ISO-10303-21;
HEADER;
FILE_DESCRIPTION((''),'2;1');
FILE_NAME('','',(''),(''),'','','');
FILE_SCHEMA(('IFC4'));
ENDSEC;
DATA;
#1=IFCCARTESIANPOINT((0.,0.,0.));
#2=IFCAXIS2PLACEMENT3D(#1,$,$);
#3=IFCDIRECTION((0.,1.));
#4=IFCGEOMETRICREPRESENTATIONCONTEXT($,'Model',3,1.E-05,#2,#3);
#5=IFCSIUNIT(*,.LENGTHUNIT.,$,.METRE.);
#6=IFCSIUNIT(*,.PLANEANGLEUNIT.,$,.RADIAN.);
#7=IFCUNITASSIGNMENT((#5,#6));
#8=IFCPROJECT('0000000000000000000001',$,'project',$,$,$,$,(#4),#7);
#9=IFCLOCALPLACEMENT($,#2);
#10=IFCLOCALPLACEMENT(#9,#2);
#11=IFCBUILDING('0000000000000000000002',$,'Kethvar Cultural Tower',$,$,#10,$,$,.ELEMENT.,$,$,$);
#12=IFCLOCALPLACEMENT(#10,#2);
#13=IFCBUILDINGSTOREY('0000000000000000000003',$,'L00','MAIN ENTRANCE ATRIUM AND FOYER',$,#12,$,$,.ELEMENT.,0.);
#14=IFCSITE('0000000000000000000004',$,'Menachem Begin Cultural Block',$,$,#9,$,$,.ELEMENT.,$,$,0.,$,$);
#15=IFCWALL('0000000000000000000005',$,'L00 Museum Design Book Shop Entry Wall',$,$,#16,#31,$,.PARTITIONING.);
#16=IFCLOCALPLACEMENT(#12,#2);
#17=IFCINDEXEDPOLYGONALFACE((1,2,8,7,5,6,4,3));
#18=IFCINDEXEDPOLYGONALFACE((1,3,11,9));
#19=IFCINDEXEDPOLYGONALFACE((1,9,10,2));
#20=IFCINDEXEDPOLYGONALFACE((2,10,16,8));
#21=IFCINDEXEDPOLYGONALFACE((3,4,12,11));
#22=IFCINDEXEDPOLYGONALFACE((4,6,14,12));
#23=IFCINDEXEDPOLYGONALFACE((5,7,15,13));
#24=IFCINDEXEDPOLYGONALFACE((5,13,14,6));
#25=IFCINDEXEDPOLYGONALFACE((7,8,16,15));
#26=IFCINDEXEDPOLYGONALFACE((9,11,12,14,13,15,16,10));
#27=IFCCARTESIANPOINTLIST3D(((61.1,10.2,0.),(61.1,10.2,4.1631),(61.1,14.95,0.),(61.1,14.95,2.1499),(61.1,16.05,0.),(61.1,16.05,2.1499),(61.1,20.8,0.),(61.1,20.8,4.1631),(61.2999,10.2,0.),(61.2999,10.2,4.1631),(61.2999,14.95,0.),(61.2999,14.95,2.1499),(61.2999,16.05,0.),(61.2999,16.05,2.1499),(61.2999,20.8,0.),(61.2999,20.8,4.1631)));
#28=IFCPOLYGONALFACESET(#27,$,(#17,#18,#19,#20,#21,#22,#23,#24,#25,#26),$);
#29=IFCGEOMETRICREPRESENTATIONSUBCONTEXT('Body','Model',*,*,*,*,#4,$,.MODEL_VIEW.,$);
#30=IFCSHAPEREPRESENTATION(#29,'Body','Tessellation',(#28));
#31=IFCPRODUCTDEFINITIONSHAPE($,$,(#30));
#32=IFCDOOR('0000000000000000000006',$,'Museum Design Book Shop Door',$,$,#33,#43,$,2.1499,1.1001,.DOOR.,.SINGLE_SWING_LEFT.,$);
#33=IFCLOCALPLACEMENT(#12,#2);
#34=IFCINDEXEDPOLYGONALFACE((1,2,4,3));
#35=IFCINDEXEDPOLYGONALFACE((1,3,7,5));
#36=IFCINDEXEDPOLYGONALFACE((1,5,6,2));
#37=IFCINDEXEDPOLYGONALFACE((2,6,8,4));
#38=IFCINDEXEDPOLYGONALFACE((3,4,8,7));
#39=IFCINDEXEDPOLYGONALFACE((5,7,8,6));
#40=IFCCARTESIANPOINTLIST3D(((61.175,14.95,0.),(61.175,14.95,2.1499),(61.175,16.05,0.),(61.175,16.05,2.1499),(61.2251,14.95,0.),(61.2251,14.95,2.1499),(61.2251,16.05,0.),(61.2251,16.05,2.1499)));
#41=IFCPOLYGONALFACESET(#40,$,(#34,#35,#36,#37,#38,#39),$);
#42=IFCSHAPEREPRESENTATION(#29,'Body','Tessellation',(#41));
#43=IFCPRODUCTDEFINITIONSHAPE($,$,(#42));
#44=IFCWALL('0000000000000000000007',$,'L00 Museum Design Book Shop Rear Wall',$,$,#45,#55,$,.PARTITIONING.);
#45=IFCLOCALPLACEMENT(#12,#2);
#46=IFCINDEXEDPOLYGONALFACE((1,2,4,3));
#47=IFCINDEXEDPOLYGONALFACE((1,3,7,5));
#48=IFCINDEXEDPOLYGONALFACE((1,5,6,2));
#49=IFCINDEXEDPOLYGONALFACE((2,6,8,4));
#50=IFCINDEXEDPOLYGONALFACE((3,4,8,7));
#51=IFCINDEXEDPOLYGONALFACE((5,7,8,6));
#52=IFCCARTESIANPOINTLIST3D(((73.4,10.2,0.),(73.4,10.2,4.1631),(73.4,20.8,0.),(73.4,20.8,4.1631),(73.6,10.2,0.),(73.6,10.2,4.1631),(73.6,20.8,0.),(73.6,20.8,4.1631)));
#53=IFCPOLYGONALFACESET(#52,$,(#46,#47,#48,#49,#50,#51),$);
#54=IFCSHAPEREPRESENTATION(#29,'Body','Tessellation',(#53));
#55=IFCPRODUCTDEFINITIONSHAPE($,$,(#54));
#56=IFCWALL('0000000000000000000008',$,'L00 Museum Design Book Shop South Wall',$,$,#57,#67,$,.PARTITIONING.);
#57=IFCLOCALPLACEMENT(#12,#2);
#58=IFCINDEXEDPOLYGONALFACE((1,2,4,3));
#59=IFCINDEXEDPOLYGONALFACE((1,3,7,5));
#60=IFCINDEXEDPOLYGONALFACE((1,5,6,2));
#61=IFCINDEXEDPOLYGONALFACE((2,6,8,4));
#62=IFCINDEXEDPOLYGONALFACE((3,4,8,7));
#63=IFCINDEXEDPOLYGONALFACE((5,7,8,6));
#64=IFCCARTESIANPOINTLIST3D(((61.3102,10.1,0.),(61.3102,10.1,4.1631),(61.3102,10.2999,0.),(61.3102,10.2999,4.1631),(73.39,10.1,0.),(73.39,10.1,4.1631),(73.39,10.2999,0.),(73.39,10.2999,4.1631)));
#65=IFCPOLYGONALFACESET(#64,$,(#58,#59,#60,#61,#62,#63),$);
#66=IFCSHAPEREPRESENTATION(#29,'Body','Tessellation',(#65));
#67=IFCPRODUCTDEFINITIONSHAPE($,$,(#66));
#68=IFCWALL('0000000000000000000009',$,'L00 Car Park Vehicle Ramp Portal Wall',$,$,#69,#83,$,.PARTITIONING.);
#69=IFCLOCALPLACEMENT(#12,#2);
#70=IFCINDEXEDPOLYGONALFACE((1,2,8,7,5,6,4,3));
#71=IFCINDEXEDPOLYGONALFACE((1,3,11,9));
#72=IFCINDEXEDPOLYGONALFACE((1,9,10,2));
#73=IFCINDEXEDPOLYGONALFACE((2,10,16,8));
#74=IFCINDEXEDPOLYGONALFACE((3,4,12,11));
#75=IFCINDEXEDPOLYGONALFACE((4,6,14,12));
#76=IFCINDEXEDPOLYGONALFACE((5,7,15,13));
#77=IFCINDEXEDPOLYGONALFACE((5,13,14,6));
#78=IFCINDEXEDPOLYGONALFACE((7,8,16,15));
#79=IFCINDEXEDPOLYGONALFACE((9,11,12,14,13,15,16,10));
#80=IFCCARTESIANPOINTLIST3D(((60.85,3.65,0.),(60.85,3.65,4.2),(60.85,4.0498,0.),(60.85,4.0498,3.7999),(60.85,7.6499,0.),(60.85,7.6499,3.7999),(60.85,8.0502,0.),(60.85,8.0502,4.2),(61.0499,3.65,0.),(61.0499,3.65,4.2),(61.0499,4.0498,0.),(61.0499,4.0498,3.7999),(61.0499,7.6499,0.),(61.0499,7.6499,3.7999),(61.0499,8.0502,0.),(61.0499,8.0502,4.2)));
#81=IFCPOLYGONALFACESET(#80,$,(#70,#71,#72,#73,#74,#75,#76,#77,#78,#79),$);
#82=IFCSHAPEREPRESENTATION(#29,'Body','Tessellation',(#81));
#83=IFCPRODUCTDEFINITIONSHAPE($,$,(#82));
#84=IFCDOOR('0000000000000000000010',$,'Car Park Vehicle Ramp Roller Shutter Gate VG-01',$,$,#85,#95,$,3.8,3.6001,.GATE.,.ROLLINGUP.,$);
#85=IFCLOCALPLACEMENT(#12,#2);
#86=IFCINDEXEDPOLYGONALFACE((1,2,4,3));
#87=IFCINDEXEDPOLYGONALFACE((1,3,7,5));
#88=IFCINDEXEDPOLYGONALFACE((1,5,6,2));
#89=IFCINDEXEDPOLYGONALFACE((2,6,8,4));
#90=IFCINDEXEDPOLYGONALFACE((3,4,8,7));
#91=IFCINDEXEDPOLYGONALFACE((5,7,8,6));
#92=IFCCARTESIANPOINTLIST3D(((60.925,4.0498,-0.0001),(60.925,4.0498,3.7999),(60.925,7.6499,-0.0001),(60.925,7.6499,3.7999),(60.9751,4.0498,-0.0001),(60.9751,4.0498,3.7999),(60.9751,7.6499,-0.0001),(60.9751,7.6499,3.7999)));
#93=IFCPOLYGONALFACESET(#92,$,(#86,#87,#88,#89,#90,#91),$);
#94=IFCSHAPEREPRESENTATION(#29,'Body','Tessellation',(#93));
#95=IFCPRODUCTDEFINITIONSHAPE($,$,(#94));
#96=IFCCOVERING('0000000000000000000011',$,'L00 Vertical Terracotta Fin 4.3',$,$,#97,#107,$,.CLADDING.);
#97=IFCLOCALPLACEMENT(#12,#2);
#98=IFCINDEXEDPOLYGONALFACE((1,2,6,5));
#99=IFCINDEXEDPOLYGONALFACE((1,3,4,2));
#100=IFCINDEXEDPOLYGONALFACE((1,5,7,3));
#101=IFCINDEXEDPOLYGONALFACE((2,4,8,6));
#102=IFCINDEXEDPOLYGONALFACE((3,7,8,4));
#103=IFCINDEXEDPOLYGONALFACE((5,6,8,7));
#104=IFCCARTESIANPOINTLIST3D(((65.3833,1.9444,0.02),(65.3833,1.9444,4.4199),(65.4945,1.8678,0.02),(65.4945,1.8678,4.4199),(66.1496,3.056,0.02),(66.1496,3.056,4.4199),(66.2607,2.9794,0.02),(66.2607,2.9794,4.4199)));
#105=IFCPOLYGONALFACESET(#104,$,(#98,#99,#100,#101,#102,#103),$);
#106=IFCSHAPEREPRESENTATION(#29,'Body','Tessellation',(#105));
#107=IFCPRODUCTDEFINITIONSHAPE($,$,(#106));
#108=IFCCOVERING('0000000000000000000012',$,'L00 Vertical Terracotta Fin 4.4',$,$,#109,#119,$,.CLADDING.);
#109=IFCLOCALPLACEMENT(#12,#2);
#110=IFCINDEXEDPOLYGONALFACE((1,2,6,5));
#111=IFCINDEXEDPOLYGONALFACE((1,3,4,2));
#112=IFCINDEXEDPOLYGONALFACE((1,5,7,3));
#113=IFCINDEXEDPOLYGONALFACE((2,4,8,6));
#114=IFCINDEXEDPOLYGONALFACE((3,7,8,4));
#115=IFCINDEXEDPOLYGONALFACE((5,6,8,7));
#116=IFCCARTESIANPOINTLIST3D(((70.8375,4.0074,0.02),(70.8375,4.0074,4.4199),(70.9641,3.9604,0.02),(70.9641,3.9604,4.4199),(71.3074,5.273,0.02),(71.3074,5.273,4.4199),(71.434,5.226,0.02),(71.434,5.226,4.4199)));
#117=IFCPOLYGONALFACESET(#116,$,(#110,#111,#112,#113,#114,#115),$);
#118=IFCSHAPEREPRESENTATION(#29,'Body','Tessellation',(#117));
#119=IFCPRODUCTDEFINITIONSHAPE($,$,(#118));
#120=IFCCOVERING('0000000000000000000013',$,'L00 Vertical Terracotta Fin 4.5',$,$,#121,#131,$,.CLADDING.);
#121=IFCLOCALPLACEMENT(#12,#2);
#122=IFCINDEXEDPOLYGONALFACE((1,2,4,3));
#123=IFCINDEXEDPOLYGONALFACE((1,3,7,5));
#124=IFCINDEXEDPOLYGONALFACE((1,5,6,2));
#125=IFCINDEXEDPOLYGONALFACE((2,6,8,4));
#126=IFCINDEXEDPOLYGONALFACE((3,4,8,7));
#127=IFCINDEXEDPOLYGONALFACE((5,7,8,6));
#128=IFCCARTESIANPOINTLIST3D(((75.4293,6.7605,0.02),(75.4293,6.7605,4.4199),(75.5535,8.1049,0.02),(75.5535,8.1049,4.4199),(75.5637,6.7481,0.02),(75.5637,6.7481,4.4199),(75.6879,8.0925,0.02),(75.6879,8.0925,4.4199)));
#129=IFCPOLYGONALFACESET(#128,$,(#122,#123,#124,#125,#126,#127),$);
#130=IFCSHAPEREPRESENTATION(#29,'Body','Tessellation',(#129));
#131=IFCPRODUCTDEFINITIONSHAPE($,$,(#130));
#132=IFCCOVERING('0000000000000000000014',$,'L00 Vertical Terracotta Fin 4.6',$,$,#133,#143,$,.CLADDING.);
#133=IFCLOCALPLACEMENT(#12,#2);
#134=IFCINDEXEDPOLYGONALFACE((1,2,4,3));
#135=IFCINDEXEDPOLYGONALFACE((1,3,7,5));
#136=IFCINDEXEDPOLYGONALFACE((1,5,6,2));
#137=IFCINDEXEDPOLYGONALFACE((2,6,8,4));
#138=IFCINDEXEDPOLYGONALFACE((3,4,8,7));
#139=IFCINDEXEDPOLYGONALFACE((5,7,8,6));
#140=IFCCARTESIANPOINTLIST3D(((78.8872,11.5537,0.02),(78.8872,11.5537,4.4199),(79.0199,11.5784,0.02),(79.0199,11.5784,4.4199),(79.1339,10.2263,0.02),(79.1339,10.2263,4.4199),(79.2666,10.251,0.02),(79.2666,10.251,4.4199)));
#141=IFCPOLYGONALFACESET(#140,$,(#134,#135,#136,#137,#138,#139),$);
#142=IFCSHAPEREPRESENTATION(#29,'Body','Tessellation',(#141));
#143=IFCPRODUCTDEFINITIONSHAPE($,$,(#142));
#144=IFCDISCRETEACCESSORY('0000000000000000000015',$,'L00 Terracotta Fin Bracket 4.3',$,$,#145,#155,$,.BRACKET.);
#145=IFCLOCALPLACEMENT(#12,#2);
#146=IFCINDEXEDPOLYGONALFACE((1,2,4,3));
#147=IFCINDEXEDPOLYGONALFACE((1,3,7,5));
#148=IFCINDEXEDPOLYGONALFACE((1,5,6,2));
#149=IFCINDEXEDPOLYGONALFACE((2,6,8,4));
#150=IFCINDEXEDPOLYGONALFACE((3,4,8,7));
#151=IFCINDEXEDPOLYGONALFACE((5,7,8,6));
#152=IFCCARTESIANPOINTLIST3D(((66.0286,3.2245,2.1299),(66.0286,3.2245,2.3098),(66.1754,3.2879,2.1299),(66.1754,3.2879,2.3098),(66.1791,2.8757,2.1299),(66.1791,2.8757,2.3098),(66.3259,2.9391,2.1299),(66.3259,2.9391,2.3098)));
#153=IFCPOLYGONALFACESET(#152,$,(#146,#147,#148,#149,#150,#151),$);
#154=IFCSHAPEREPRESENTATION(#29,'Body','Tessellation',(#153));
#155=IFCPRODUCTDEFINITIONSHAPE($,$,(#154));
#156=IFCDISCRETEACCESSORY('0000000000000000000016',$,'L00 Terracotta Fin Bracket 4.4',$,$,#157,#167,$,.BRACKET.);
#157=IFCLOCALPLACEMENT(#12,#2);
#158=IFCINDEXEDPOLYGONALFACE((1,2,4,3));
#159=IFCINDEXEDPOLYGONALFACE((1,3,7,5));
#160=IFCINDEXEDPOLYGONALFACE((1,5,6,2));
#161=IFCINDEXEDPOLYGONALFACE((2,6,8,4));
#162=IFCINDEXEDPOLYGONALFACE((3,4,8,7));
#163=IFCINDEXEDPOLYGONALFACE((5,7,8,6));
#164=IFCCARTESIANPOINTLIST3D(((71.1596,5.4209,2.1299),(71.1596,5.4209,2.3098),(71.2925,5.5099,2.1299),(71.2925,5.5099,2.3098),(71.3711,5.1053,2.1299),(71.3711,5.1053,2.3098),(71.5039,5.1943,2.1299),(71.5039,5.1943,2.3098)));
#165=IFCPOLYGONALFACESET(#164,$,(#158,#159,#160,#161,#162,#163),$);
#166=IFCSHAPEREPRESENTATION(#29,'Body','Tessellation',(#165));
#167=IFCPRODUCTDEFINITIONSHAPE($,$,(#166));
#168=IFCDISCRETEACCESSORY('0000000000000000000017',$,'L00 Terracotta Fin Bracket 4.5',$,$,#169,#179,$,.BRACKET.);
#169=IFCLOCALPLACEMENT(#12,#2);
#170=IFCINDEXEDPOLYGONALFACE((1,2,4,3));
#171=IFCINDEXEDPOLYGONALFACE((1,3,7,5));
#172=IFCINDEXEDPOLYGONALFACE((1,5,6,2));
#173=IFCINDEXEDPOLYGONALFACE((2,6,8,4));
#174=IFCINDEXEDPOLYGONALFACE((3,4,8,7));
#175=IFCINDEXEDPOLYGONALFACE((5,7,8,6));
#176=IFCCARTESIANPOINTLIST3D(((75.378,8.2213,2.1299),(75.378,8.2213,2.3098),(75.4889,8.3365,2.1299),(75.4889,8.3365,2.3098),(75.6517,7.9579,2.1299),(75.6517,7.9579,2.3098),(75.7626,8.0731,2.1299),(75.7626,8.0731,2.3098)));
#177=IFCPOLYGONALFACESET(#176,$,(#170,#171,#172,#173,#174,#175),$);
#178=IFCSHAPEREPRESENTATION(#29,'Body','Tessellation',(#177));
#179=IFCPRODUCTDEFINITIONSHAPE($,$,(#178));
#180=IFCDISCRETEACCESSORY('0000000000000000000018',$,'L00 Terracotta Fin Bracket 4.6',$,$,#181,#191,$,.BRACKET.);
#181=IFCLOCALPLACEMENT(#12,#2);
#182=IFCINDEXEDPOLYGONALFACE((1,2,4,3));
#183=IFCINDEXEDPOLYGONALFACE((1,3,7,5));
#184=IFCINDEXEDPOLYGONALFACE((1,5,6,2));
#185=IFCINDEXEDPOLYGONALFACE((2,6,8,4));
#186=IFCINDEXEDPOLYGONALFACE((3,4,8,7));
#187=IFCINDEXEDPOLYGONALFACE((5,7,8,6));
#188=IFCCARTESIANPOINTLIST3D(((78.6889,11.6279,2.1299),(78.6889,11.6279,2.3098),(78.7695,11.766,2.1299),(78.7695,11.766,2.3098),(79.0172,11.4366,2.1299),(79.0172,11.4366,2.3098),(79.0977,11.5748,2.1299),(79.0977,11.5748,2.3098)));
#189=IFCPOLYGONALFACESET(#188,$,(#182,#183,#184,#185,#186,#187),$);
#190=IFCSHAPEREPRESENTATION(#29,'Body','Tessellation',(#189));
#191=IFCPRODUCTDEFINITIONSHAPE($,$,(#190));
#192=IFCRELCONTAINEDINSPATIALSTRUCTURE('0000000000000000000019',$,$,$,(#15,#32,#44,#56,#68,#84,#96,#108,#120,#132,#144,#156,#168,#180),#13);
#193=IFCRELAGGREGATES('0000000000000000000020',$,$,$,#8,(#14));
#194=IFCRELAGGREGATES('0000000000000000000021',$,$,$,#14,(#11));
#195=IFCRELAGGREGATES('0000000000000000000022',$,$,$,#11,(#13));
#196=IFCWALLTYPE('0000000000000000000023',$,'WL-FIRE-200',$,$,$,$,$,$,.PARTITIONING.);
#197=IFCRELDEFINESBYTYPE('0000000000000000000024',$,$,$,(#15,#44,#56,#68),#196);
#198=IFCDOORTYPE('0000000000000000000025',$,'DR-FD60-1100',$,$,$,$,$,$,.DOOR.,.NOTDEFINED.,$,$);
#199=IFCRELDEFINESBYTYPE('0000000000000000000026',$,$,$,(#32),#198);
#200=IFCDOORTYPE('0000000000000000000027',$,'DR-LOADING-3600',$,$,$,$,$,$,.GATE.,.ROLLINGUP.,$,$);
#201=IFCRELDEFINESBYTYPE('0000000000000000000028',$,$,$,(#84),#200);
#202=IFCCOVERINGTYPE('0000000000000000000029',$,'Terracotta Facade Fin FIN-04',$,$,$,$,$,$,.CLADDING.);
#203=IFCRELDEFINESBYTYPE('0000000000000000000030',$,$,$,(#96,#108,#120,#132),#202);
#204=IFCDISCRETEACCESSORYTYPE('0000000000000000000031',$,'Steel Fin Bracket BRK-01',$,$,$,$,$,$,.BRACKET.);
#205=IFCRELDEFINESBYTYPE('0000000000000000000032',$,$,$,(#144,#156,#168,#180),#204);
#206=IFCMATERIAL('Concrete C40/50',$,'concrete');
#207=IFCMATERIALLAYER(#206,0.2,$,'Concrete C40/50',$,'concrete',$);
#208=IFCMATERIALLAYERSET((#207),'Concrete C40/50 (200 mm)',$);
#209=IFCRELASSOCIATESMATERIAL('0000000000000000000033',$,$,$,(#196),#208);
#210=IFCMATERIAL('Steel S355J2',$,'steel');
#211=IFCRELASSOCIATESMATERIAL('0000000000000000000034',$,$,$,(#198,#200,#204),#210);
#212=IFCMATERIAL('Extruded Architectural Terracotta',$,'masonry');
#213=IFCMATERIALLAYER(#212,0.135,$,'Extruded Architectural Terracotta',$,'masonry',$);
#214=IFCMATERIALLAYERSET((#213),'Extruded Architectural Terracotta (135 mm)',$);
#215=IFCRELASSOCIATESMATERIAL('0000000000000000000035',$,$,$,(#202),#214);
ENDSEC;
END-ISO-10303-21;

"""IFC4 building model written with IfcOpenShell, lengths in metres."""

from ifc_helpers import new_model, si_unit, direction, frame, frame_2d, origin, origin_2d, place, context, subcontext, project, spatial, rectangle, extrude, source, transform, mapped, material, layer, layer_set, type_object, element, fill, save


model = new_model("IFC4")

# Units and contexts
model_context = context("Model", 3, precision=1e-05, world=origin(), true_north=direction((0.0, 1.0)))
body_context = subcontext(model_context, "Body", "Model", "MODEL_VIEW")
ifc_project = project(units=[si_unit("LENGTHUNIT", "METRE"), si_unit("PLANEANGLEUNIT", "RADIAN")], contexts=[model_context])

# Site, building, storey
site_placement = place(None, origin())
site = spatial("IfcSite", under=ifc_project, at=site_placement, Name="Menachem Begin Cultural Block", CompositionType="ELEMENT", RefElevation=0.0)
building_placement = place(site_placement, origin())
building = spatial("IfcBuilding", under=site, at=building_placement, Name="Kethvar Cultural Tower", CompositionType="ELEMENT")
storey_placement = place(building_placement, origin())
storey = spatial("IfcBuildingStorey", under=building, at=storey_placement, Name="L00", Description="MAIN ENTRANCE ATRIUM AND FOYER", CompositionType="ELEMENT", Elevation=0.0)

# Wall, opening, door
ifc_material_1 = material(Name="Concrete C40/50", Category="concrete")
ifc_layer_1 = layer(ifc_material_1, 0.2, Name="Concrete C40/50", Category="concrete")
ifc_layer_set_1 = layer_set([ifc_layer_1], Name="Concrete C40/50 (200 mm)")
wall_type = type_object("IfcWallType", Name="WL-FIRE-200", PredefinedType="PARTITIONING", material=ifc_layer_set_1)
wall_1_placement = place(storey_placement, frame((61.2, 10.2, 0.0), z_axis=(0.0, 0.0, 1.0), x_axis=(0.0, 1.0, 0.0)))
wall_1 = element("IfcWall", 1, at=wall_1_placement, inside=storey, type_object=wall_type, Name="L00 Museum Design Book Shop Entry Wall", PredefinedType="PARTITIONING", context=body_context, shape_type="SweptSolid", body=[
    extrude(rectangle(XDim=10.6001, YDim=0.2, at=frame_2d((5.3, 0.0))), origin(), (0.0, 0.0, 1.0), 4.1631),
])
opening_1_placement = place(wall_1_placement, frame((4.75, 0.0, 0.0)))
opening_1 = element("IfcOpeningElement", 2, at=opening_1_placement, cuts=wall_1, PredefinedType="OPENING", context=body_context, shape_type="SweptSolid", body=[
    extrude(rectangle(XDim=1.1001, YDim=2.1499, at=frame_2d((0.55, 1.075))), frame((0.0, 0.1099, 0.0), z_axis=(0.0, -1.0, 0.0), x_axis=(1.0, 0.0, 0.0)), (0.0, 0.0, 1.0), 0.22),
])
ifc_material_2 = material(Name="Steel S355J2", Category="steel")
door_type_1 = type_object("IfcDoorType", Name="DR-FD60-1100", OperationType="NOTDEFINED", PredefinedType="DOOR", material=ifc_material_2)
shared_shape_1 = source(origin(), body_context, "Body", "SweptSolid", [
    extrude(rectangle(XDim=1.1001, YDim=2.1499, at=frame_2d((0.55, 1.075))), frame((0.0, 0.0249, 0.0), z_axis=(0.0, -1.0, 0.0), x_axis=(1.0, 0.0, 0.0)), (0.0, 0.0, 1.0), 0.05),
])
door_1_placement = place(opening_1_placement, origin())
door_1 = element("IfcDoor", 3, at=door_1_placement, inside=storey, type_object=door_type_1, Name="Museum Design Book Shop Door", OperationType="SINGLE_SWING_LEFT", OverallHeight=2.1499, OverallWidth=1.1001, PredefinedType="DOOR", context=body_context, shape_type="MappedRepresentation", body=[
    mapped(shared_shape_1, transform((0.0, 0.0, 0.0), scale=1.0)),
])
fill(opening_1, door_1)

# Walls
wall_2_placement = place(storey_placement, frame((73.5, 10.2, 0.0), z_axis=(0.0, 0.0, 1.0), x_axis=(0.0, 1.0, 0.0)))
element("IfcWall", 4, at=wall_2_placement, inside=storey, type_object=wall_type, Name="L00 Museum Design Book Shop Rear Wall", PredefinedType="PARTITIONING", context=body_context, shape_type="SweptSolid", body=[
    extrude(rectangle(XDim=10.6001, YDim=0.2, at=frame_2d((5.3, 0.0))), origin(), (0.0, 0.0, 1.0), 4.1631),
])
wall_3_placement = place(storey_placement, frame((61.3101, 10.2, 0.0), z_axis=(0.0, 0.0, 1.0), x_axis=(1.0, 0.0, 0.0)))
element("IfcWall", 5, at=wall_3_placement, inside=storey, type_object=wall_type, Name="L00 Museum Design Book Shop South Wall", PredefinedType="PARTITIONING", context=body_context, shape_type="SweptSolid", body=[
    extrude(rectangle(XDim=12.0798, YDim=0.2, at=frame_2d((6.04, 0.0))), origin(), (0.0, 0.0, 1.0), 4.1631),
])

# Wall, opening, door
wall_4_placement = place(storey_placement, frame((60.95, 3.6499, 0.0), z_axis=(0.0, 0.0, 1.0), x_axis=(0.0, 1.0, 0.0)))
wall_4 = element("IfcWall", 6, at=wall_4_placement, inside=storey, type_object=wall_type, Name="L00 Car Park Vehicle Ramp Portal Wall", PredefinedType="PARTITIONING", context=body_context, shape_type="SweptSolid", body=[
    extrude(rectangle(XDim=4.4001, YDim=0.2, at=frame_2d((2.2002, 0.0))), origin(), (0.0, 0.0, 1.0), 4.2),
])
opening_2_placement = place(wall_4_placement, frame((0.3999, 0.0, 0.0)))
opening_2 = element("IfcOpeningElement", 7, at=opening_2_placement, cuts=wall_4, PredefinedType="OPENING", context=body_context, shape_type="SweptSolid", body=[
    extrude(rectangle(XDim=3.6001, YDim=3.8, at=frame_2d((1.8, 1.8999))), frame((0.0, 0.1099, 0.0), z_axis=(0.0, -1.0, 0.0), x_axis=(1.0, 0.0, 0.0)), (0.0, 0.0, 1.0), 0.22),
])
door_type_2 = type_object("IfcDoorType", Name="DR-LOADING-3600", OperationType="ROLLINGUP", PredefinedType="GATE", material=ifc_material_2)
shared_shape_2 = source(origin(), body_context, "Body", "SweptSolid", [
    extrude(rectangle(XDim=3.6001, YDim=3.8, at=frame_2d((1.8, 1.8999))), frame((0.0, 0.0249, 0.0), z_axis=(0.0, -1.0, 0.0), x_axis=(1.0, 0.0, 0.0)), (0.0, 0.0, 1.0), 0.05),
])
door_2_placement = place(opening_2_placement, origin())
door_2 = element("IfcDoor", 8, at=door_2_placement, inside=storey, type_object=door_type_2, Name="Car Park Vehicle Ramp Roller Shutter Gate VG-01", OperationType="ROLLINGUP", OverallHeight=3.8, OverallWidth=3.6001, PredefinedType="GATE", context=body_context, shape_type="MappedRepresentation", body=[
    mapped(shared_shape_2, transform((0.0, 0.0, 0.0), scale=1.0)),
])
fill(opening_2, door_2)

# Coverings
ifc_material_3 = material(Name="Extruded Architectural Terracotta", Category="masonry")
ifc_layer_2 = layer(ifc_material_3, 0.135, Name="Extruded Architectural Terracotta", Category="masonry")
ifc_layer_set_2 = layer_set([ifc_layer_2], Name="Extruded Architectural Terracotta (135 mm)")
covering_type = type_object("IfcCoveringType", Name="Terracotta Facade Fin FIN-04", PredefinedType="CLADDING", material=ifc_layer_set_2)
shared_shape_3 = source(origin(), body_context, "Body", "SweptSolid", [
    extrude(rectangle(XDim=1.3501, YDim=0.135, at=origin_2d()), origin(), (0.0, 0.0, 1.0), 4.3999),
])
for number, where, z_axis, x_axis, name in (
    (9, (65.822, 2.4619, 0.02), (0.0, 0.0, 1.0), (-0.567556, -0.823335, 0.0), "L00 Vertical Terracotta Fin 4.3"),
    (10, (71.1357, 4.6167, 0.02), (0.0, 0.0, 1.0), (-0.348081, -0.937464, 0.0), "L00 Vertical Terracotta Fin 4.4"),
    (11, (75.5586, 7.4265, 0.02), (0.0, 0.0, 1.0), (-0.092023, -0.995757, 0.0), "L00 Vertical Terracotta Fin 4.5"),
    (12, (79.0769, 10.9023, 0.02), (0.0, 0.0, 1.0), (0.18275, -0.983159, 0.0), "L00 Vertical Terracotta Fin 4.6"),
):
    element("IfcCovering", number, at=place(storey_placement, frame(where, z_axis=z_axis, x_axis=x_axis)), inside=storey, type_object=covering_type, Name=name, PredefinedType="CLADDING", context=body_context, shape_type="MappedRepresentation", body=[
        mapped(shared_shape_3, transform((0.0, 0.0, 0.0), scale=1.0)),
    ])

# Discrete accessories
discrete_accessory_type = type_object("IfcDiscreteAccessoryType", Name="Steel Fin Bracket BRK-01", PredefinedType="BRACKET", material=ifc_material_2)
shared_shape_4 = source(origin(), body_context, "Body", "SweptSolid", [
    extrude(rectangle(XDim=0.3799, YDim=0.1599, at=origin_2d()), origin(), (0.0, 0.0, 1.0), 0.1799),
])
for number, where, z_axis, x_axis, name in (
    (13, (66.1772, 3.0818, 2.1299), (0.0, 0.0, 1.0), (0.396347, -0.918101, 0.0), "L00 Terracotta Fin Bracket 4.3"),
    (14, (71.3318, 5.3076, 2.1299), (0.0, 0.0, 1.0), (0.556586, -0.83079, 0.0), "L00 Terracotta Fin Bracket 4.4"),
    (15, (75.5703, 8.1472, 2.1299), (0.0, 0.0, 1.0), (0.720551, -0.693402, 0.0), "L00 Terracotta Fin Bracket 4.5"),
    (16, (78.8933, 11.6013, 2.1299), (0.0, 0.0, 1.0), (0.864011, -0.503472, 0.0), "L00 Terracotta Fin Bracket 4.6"),
):
    element("IfcDiscreteAccessory", number, at=place(storey_placement, frame(where, z_axis=z_axis, x_axis=x_axis)), inside=storey, type_object=discrete_accessory_type, Name=name, PredefinedType="BRACKET", context=body_context, shape_type="MappedRepresentation", body=[
        mapped(shared_shape_4, transform((0.0, 0.0, 0.0), scale=1.0)),
    ])

save(model, "model.ifc")
